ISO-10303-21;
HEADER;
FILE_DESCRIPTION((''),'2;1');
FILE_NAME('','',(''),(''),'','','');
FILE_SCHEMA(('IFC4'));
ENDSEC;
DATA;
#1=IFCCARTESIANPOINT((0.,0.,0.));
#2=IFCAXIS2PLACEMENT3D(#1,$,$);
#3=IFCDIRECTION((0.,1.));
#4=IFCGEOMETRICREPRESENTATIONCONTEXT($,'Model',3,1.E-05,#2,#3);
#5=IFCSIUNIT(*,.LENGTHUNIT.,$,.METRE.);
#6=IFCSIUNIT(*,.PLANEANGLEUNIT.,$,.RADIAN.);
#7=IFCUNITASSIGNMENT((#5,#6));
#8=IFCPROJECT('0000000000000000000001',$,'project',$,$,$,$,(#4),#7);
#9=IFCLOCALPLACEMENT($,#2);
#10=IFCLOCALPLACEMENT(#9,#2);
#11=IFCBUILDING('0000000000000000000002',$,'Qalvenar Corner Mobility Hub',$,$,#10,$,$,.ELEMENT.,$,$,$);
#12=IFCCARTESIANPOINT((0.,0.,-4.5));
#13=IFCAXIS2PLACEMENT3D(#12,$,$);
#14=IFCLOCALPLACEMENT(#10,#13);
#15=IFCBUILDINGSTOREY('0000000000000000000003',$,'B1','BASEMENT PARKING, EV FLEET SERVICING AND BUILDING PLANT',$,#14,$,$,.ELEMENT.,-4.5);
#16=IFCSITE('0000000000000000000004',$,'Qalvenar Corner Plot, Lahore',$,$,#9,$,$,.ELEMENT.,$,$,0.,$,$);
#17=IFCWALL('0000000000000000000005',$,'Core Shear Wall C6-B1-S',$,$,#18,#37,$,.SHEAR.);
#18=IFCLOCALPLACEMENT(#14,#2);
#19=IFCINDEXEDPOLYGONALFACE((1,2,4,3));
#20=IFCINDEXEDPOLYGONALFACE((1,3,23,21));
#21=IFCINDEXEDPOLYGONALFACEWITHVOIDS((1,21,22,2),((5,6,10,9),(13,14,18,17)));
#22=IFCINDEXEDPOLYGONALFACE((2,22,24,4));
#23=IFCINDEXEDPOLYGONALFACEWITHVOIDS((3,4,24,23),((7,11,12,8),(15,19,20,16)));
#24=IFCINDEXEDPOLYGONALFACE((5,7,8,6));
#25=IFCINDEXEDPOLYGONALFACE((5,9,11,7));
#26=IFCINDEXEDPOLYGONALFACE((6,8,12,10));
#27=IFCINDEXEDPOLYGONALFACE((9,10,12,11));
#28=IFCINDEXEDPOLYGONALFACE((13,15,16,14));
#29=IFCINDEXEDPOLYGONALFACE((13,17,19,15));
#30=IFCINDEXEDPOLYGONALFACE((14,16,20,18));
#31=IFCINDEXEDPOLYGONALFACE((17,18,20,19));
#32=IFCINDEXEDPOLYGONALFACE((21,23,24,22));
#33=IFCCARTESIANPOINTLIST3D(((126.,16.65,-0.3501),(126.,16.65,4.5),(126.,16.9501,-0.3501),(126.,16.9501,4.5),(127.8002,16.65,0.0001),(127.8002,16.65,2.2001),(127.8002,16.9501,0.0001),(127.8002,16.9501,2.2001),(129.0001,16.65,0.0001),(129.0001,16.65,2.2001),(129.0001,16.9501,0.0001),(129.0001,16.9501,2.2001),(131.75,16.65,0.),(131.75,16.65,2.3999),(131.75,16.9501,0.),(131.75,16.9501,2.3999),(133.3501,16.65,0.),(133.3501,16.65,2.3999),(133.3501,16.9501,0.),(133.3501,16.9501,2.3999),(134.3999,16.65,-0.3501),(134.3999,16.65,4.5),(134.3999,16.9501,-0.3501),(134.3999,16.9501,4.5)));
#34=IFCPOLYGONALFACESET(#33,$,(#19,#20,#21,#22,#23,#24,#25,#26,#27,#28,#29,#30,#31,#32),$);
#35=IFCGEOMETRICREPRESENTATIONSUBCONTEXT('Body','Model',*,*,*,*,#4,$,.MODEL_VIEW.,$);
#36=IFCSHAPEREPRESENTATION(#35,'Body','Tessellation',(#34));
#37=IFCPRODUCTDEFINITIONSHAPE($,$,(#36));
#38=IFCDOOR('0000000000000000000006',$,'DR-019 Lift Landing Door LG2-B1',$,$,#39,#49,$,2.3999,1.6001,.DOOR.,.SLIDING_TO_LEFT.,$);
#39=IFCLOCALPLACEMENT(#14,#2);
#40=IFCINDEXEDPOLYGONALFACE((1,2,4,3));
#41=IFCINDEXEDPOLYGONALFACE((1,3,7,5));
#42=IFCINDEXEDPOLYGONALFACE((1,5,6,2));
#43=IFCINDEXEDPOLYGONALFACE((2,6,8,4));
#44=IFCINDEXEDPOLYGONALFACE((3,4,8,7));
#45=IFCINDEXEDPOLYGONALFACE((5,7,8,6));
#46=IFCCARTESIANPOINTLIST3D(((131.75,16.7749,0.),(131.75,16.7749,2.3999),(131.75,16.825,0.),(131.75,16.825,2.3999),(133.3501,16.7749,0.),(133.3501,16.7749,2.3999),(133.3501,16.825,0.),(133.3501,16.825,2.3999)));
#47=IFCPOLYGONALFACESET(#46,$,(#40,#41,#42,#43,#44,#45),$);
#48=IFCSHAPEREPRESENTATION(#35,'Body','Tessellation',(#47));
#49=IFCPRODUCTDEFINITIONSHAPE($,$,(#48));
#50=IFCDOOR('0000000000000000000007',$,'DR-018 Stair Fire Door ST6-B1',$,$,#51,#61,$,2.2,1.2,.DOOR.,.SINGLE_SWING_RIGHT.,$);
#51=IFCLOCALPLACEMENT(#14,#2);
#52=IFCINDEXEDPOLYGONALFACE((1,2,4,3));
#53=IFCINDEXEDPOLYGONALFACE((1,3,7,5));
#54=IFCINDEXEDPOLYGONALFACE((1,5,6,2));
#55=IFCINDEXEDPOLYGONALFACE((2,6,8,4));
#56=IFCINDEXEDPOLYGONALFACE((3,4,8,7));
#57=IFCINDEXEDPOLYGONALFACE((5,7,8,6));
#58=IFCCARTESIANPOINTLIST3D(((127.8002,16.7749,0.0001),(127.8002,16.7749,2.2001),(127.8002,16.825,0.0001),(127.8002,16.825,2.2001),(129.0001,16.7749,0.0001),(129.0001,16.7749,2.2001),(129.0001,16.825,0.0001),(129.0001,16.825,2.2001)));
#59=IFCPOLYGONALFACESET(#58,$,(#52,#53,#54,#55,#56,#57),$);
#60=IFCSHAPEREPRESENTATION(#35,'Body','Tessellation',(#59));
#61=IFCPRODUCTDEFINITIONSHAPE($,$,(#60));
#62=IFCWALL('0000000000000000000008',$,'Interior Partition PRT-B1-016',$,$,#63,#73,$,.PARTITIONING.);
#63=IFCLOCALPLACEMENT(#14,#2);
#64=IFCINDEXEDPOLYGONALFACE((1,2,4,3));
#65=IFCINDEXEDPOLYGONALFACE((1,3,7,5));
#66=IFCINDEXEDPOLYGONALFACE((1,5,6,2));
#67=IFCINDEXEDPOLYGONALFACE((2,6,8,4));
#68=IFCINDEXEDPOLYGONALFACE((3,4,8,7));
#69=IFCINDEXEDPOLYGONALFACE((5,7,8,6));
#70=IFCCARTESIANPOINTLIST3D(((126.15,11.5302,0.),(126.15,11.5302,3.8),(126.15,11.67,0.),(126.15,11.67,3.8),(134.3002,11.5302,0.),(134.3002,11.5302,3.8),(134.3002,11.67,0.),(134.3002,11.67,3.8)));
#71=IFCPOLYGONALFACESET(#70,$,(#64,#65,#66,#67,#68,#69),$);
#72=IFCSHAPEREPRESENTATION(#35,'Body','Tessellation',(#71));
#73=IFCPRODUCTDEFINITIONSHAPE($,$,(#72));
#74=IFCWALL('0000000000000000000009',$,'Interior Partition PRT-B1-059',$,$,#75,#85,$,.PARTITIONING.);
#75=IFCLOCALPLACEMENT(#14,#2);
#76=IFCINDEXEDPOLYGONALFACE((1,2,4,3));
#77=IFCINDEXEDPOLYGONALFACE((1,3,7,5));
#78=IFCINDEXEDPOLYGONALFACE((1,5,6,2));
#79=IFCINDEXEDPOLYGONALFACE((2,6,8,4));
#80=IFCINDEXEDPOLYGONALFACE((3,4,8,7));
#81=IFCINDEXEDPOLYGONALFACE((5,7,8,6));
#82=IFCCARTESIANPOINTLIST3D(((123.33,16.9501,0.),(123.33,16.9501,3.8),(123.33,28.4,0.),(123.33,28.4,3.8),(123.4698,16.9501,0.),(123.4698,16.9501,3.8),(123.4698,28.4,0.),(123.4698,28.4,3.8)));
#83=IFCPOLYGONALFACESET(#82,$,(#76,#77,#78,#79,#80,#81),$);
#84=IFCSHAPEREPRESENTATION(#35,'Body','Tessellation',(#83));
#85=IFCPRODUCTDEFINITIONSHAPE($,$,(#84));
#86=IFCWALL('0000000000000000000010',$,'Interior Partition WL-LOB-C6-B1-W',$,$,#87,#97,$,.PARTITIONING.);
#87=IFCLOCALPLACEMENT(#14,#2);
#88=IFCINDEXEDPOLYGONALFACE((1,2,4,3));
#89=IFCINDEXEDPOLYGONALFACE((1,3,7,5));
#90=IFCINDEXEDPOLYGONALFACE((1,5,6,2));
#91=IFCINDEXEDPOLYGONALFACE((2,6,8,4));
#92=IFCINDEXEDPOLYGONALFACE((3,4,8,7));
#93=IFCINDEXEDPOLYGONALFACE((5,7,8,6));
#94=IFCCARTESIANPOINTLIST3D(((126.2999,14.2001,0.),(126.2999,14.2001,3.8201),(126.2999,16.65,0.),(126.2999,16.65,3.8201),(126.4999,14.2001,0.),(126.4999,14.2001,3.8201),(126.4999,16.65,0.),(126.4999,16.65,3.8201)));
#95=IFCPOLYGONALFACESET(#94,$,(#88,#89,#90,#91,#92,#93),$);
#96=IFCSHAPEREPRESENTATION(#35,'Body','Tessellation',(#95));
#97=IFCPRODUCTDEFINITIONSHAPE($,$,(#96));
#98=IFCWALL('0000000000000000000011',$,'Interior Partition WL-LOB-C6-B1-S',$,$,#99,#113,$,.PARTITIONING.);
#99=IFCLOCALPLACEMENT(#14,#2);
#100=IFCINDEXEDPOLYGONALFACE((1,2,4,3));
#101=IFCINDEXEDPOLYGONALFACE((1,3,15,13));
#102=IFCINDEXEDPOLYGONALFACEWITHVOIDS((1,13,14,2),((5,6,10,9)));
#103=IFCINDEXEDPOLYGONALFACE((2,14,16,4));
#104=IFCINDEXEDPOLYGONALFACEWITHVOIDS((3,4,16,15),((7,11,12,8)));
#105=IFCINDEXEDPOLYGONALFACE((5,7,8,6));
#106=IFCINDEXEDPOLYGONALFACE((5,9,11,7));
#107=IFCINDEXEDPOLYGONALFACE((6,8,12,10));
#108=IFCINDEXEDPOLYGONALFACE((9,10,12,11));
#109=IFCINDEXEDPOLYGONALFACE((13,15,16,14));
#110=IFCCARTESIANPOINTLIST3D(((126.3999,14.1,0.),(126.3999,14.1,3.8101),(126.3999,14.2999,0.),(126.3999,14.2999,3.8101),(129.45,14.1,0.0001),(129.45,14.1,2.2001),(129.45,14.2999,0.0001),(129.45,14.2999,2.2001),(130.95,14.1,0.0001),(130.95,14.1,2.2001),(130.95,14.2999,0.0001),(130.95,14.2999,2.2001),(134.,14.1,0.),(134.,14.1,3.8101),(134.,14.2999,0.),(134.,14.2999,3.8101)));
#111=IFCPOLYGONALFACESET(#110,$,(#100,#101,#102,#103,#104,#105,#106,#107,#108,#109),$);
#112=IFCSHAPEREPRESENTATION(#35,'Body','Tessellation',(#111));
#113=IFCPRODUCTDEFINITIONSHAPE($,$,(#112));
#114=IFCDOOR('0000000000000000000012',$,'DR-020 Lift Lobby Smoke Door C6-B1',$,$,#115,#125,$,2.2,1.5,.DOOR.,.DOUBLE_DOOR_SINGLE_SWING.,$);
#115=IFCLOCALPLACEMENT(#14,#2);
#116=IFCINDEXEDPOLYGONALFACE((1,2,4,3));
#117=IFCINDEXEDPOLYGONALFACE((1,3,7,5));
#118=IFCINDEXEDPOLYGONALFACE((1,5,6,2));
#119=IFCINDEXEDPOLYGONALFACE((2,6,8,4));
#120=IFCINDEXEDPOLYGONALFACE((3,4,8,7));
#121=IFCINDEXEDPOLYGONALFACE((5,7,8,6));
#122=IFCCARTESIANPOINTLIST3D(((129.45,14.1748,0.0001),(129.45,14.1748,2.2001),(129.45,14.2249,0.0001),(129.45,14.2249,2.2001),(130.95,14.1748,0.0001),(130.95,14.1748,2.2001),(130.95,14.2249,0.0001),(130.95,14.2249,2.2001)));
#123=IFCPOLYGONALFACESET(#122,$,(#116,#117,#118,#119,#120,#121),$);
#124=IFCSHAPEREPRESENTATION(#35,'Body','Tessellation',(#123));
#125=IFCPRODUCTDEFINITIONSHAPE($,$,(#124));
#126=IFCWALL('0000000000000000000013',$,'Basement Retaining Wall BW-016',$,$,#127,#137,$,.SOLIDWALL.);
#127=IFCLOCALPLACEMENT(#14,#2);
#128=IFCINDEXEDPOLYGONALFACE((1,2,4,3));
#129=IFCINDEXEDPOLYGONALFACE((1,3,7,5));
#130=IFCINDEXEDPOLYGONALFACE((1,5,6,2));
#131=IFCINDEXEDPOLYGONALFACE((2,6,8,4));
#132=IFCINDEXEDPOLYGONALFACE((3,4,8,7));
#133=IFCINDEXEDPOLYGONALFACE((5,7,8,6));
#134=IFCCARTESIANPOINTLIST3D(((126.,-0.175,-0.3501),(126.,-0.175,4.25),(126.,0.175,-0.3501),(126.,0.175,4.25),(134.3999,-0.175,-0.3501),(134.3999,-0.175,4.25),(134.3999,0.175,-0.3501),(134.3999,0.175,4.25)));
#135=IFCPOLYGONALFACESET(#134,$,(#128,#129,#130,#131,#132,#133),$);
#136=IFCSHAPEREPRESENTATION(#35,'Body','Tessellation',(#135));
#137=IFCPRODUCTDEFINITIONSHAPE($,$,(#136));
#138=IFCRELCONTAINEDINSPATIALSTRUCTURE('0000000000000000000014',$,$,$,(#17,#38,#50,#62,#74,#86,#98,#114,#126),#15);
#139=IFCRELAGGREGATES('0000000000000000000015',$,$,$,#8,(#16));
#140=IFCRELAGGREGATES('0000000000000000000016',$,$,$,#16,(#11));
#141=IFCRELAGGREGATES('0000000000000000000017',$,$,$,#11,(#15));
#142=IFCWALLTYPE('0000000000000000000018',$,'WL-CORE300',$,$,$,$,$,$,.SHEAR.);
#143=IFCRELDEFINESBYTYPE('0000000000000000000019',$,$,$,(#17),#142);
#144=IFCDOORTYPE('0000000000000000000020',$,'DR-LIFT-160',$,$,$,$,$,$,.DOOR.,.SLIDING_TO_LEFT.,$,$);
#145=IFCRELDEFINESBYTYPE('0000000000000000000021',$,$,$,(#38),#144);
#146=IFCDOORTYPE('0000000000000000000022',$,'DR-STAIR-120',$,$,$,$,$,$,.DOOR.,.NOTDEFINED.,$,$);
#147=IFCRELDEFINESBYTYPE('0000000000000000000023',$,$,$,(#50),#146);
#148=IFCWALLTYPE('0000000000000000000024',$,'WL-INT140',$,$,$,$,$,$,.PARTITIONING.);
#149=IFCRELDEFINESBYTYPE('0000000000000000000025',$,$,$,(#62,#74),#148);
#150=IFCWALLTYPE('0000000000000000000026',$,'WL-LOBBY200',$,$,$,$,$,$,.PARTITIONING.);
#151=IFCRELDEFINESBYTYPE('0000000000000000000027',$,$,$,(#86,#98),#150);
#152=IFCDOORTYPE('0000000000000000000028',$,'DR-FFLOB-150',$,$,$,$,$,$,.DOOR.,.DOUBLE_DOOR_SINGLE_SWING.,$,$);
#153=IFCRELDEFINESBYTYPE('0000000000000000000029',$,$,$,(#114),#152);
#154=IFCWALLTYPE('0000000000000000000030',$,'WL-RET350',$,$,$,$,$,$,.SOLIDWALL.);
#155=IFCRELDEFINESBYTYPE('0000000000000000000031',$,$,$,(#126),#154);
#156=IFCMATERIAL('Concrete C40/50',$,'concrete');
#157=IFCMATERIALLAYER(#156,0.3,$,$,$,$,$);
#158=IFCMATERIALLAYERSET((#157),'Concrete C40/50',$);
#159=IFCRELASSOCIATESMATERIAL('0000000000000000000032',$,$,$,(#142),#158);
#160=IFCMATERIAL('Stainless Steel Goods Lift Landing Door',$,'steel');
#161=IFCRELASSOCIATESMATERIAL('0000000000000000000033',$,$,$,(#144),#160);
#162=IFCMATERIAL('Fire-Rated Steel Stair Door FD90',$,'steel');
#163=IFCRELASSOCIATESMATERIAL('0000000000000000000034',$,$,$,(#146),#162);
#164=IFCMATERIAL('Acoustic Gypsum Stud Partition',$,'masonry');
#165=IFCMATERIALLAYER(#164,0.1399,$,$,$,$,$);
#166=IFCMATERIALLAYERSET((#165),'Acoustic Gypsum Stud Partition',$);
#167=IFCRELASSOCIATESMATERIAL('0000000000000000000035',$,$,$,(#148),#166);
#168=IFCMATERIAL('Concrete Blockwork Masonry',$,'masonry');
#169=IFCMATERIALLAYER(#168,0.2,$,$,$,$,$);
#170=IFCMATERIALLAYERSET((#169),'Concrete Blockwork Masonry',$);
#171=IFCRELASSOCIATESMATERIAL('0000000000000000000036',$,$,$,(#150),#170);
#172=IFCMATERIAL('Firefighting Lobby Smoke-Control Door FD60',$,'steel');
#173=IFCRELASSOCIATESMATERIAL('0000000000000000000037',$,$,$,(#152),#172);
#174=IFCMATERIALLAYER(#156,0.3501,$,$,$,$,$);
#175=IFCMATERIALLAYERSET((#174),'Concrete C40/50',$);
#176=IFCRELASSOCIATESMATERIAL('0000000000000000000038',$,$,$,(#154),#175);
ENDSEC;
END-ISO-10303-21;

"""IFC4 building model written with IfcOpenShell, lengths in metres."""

from ifc_helpers import new_model, si_unit, direction, frame, frame_2d, origin, place, context, subcontext, project, spatial, rectangle, extrude, material, layer, layer_set, type_object, element, fill, save


model = new_model("IFC4")

# Units and contexts
model_context = context("Model", 3, precision=1e-05, world=origin(), true_north=direction((0.0, 1.0)))
body_context = subcontext(model_context, "Body", "Model", "MODEL_VIEW")
ifc_project = project(units=[si_unit("LENGTHUNIT", "METRE"), si_unit("PLANEANGLEUNIT", "RADIAN")], contexts=[model_context])

# Site, building, storey
site_placement = place(None, origin())
site = spatial("IfcSite", under=ifc_project, at=site_placement, Name="Qalvenar Corner Plot, Lahore", CompositionType="ELEMENT", RefElevation=0.0)
building_placement = place(site_placement, origin())
building = spatial("IfcBuilding", under=site, at=building_placement, Name="Qalvenar Corner Mobility Hub", CompositionType="ELEMENT")
storey_placement = place(building_placement, frame((0.0, 0.0, -4.5)))
storey = spatial("IfcBuildingStorey", under=building, at=storey_placement, Name="B1", Description="BASEMENT PARKING, EV FLEET SERVICING AND BUILDING PLANT", CompositionType="ELEMENT", Elevation=-4.5)

# Shared definitions
ifc_material_1 = material(Name="Concrete C40/50", Category="concrete")

# Wall, openings, doors
ifc_layer_1 = layer(ifc_material_1, 0.3)
ifc_layer_set_1 = layer_set([ifc_layer_1], Name="Concrete C40/50")
wall_type_1 = type_object("IfcWallType", Name="WL-CORE300", PredefinedType="SHEAR", material=ifc_layer_set_1)
wall_1_placement = place(storey_placement, frame((126.0, 16.8, -0.3501), z_axis=(0.0, 0.0, 1.0), x_axis=(1.0, 0.0, 0.0)))
wall_1 = element("IfcWall", 1, at=wall_1_placement, inside=storey, type_object=wall_type_1, Name="Core Shear Wall C6-B1-S", PredefinedType="SHEAR", context=body_context, shape_type="SweptSolid", body=[
    extrude(rectangle(XDim=8.3999, YDim=0.3, at=frame_2d((4.2, 0.0))), origin(), (0.0, 0.0, 1.0), 4.8501),
])
opening_1_placement = place(wall_1_placement, frame((1.8, 0.0, 0.3501)))
opening_1 = element("IfcOpeningElement", 2, at=opening_1_placement, cuts=wall_1, PredefinedType="OPENING", context=body_context, shape_type="SweptSolid", body=[
    extrude(rectangle(XDim=1.2, YDim=2.2, at=frame_2d((0.6001, 1.1001))), frame((0.0, 0.1602, 0.0), z_axis=(0.0, -1.0, 0.0), x_axis=(1.0, 0.0, 0.0)), (0.0, 0.0, 1.0), 0.3201),
])
opening_2_placement = place(wall_1_placement, frame((5.75, 0.0, 0.3501)))
opening_2 = element("IfcOpeningElement", 3, at=opening_2_placement, cuts=wall_1, PredefinedType="OPENING", context=body_context, shape_type="SweptSolid", body=[
    extrude(rectangle(XDim=1.6001, YDim=2.3999, at=frame_2d((0.8, 1.2))), frame((0.0, 0.1602, 0.0), z_axis=(0.0, -1.0, 0.0), x_axis=(1.0, 0.0, 0.0)), (0.0, 0.0, 1.0), 0.3201),
])
ifc_material_2 = material(Name="Stainless Steel Goods Lift Landing Door", Category="steel")
door_type_1 = type_object("IfcDoorType", Name="DR-LIFT-160", OperationType="SLIDING_TO_LEFT", PredefinedType="DOOR", material=ifc_material_2)
door_1_placement = place(opening_2_placement, origin())
door_1 = element("IfcDoor", 4, at=door_1_placement, inside=storey, type_object=door_type_1, Name="DR-019 Lift Landing Door LG2-B1", OperationType="SLIDING_TO_LEFT", OverallHeight=2.3999, OverallWidth=1.6001, PredefinedType="DOOR", context=body_context, shape_type="SweptSolid", body=[
    extrude(rectangle(XDim=1.6001, YDim=2.3999, at=frame_2d((0.8, 1.2))), frame((0.0, 0.0249, 0.0), z_axis=(0.0, -1.0, 0.0), x_axis=(1.0, 0.0, 0.0)), (0.0, 0.0, 1.0), 0.05),
])
fill(opening_2, door_1)
ifc_material_3 = material(Name="Fire-Rated Steel Stair Door FD90", Category="steel")
door_type_2 = type_object("IfcDoorType", Name="DR-STAIR-120", OperationType="NOTDEFINED", PredefinedType="DOOR", material=ifc_material_3)
door_2_placement = place(opening_1_placement, origin())
door_2 = element("IfcDoor", 5, at=door_2_placement, inside=storey, type_object=door_type_2, Name="DR-018 Stair Fire Door ST6-B1", OperationType="SINGLE_SWING_RIGHT", OverallHeight=2.2, OverallWidth=1.2, PredefinedType="DOOR", context=body_context, shape_type="SweptSolid", body=[
    extrude(rectangle(XDim=1.2, YDim=2.2, at=frame_2d((0.6001, 1.1001))), frame((0.0, 0.0249, 0.0), z_axis=(0.0, -1.0, 0.0), x_axis=(1.0, 0.0, 0.0)), (0.0, 0.0, 1.0), 0.05),
])
fill(opening_1, door_2)

# Walls
ifc_material_4 = material(Name="Acoustic Gypsum Stud Partition", Category="masonry")
ifc_layer_2 = layer(ifc_material_4, 0.1399)
ifc_layer_set_2 = layer_set([ifc_layer_2], Name="Acoustic Gypsum Stud Partition")
wall_type_2 = type_object("IfcWallType", Name="WL-INT140", PredefinedType="PARTITIONING", material=ifc_layer_set_2)
wall_2_placement = place(storey_placement, frame((126.1499, 11.6001, 0.0), z_axis=(0.0, 0.0, 1.0), x_axis=(1.0, 0.0, 0.0)))
element("IfcWall", 6, at=wall_2_placement, inside=storey, type_object=wall_type_2, Name="Interior Partition PRT-B1-016", PredefinedType="PARTITIONING", context=body_context, shape_type="SweptSolid", body=[
    extrude(rectangle(XDim=8.1501, YDim=0.1399, at=frame_2d((4.0752, 0.0))), origin(), (0.0, 0.0, 1.0), 3.8),
])
wall_3_placement = place(storey_placement, frame((123.3999, 16.95, 0.0), z_axis=(0.0, 0.0, 1.0), x_axis=(0.0, 1.0, 0.0)))
element("IfcWall", 7, at=wall_3_placement, inside=storey, type_object=wall_type_2, Name="Interior Partition PRT-B1-059", PredefinedType="PARTITIONING", context=body_context, shape_type="SweptSolid", body=[
    extrude(rectangle(XDim=11.45, YDim=0.1399, at=frame_2d((5.7251, 0.0))), origin(), (0.0, 0.0, 1.0), 3.8),
])
ifc_material_5 = material(Name="Concrete Blockwork Masonry", Category="masonry")
ifc_layer_3 = layer(ifc_material_5, 0.2)
ifc_layer_set_3 = layer_set([ifc_layer_3], Name="Concrete Blockwork Masonry")
wall_type_3 = type_object("IfcWallType", Name="WL-LOBBY200", PredefinedType="PARTITIONING", material=ifc_layer_set_3)
wall_4_placement = place(storey_placement, frame((126.3999, 14.2, 0.0), z_axis=(0.0, 0.0, 1.0), x_axis=(0.0, 1.0, 0.0)))
element("IfcWall", 8, at=wall_4_placement, inside=storey, type_object=wall_type_3, Name="Interior Partition WL-LOB-C6-B1-W", PredefinedType="PARTITIONING", context=body_context, shape_type="SweptSolid", body=[
    extrude(rectangle(XDim=2.45, YDim=0.2, at=frame_2d((1.2251, 0.0))), origin(), (0.0, 0.0, 1.0), 3.8201),
])

# Wall, opening, door
wall_5_placement = place(storey_placement, frame((126.3999, 14.2, 0.0), z_axis=(0.0, 0.0, 1.0), x_axis=(1.0, 0.0, 0.0)))
wall_5 = element("IfcWall", 9, at=wall_5_placement, inside=storey, type_object=wall_type_3, Name="Interior Partition WL-LOB-C6-B1-S", PredefinedType="PARTITIONING", context=body_context, shape_type="SweptSolid", body=[
    extrude(rectangle(XDim=7.6001, YDim=0.2, at=frame_2d((3.8, 0.0))), origin(), (0.0, 0.0, 1.0), 3.8101),
])
opening_3_placement = place(wall_5_placement, frame((3.05, 0.0, 0.0)))
opening_3 = element("IfcOpeningElement", 10, at=opening_3_placement, cuts=wall_5, PredefinedType="OPENING", context=body_context, shape_type="SweptSolid", body=[
    extrude(rectangle(XDim=1.5, YDim=2.2, at=frame_2d((0.75, 1.1001))), frame((0.0, 0.1099, 0.0), z_axis=(0.0, -1.0, 0.0), x_axis=(1.0, 0.0, 0.0)), (0.0, 0.0, 1.0), 0.22),
])
ifc_material_6 = material(Name="Firefighting Lobby Smoke-Control Door FD60", Category="steel")
door_type_3 = type_object("IfcDoorType", Name="DR-FFLOB-150", OperationType="DOUBLE_DOOR_SINGLE_SWING", PredefinedType="DOOR", material=ifc_material_6)
door_3_placement = place(opening_3_placement, origin())
door_3 = element("IfcDoor", 11, at=door_3_placement, inside=storey, type_object=door_type_3, Name="DR-020 Lift Lobby Smoke Door C6-B1", OperationType="DOUBLE_DOOR_SINGLE_SWING", OverallHeight=2.2, OverallWidth=1.5, PredefinedType="DOOR", context=body_context, shape_type="SweptSolid", body=[
    extrude(rectangle(XDim=1.5, YDim=2.2, at=frame_2d((0.75, 1.1001))), frame((0.0, 0.0249, 0.0), z_axis=(0.0, -1.0, 0.0), x_axis=(1.0, 0.0, 0.0)), (0.0, 0.0, 1.0), 0.05),
])
fill(opening_3, door_3)

# Wall
ifc_layer_4 = layer(ifc_material_1, 0.3501)
ifc_layer_set_4 = layer_set([ifc_layer_4], Name="Concrete C40/50")
wall_type_4 = type_object("IfcWallType", Name="WL-RET350", PredefinedType="SOLIDWALL", material=ifc_layer_set_4)
wall_6_placement = place(storey_placement, frame((126.0, 0.0, -0.3501), z_axis=(0.0, 0.0, 1.0), x_axis=(1.0, 0.0, 0.0)))
element("IfcWall", 12, at=wall_6_placement, inside=storey, type_object=wall_type_4, Name="Basement Retaining Wall BW-016", PredefinedType="SOLIDWALL", context=body_context, shape_type="SweptSolid", body=[
    extrude(rectangle(XDim=8.3999, YDim=0.3501, at=frame_2d((4.2, 0.0))), origin(), (0.0, 0.0, 1.0), 4.6001),
])

save(model, "model.ifc")
